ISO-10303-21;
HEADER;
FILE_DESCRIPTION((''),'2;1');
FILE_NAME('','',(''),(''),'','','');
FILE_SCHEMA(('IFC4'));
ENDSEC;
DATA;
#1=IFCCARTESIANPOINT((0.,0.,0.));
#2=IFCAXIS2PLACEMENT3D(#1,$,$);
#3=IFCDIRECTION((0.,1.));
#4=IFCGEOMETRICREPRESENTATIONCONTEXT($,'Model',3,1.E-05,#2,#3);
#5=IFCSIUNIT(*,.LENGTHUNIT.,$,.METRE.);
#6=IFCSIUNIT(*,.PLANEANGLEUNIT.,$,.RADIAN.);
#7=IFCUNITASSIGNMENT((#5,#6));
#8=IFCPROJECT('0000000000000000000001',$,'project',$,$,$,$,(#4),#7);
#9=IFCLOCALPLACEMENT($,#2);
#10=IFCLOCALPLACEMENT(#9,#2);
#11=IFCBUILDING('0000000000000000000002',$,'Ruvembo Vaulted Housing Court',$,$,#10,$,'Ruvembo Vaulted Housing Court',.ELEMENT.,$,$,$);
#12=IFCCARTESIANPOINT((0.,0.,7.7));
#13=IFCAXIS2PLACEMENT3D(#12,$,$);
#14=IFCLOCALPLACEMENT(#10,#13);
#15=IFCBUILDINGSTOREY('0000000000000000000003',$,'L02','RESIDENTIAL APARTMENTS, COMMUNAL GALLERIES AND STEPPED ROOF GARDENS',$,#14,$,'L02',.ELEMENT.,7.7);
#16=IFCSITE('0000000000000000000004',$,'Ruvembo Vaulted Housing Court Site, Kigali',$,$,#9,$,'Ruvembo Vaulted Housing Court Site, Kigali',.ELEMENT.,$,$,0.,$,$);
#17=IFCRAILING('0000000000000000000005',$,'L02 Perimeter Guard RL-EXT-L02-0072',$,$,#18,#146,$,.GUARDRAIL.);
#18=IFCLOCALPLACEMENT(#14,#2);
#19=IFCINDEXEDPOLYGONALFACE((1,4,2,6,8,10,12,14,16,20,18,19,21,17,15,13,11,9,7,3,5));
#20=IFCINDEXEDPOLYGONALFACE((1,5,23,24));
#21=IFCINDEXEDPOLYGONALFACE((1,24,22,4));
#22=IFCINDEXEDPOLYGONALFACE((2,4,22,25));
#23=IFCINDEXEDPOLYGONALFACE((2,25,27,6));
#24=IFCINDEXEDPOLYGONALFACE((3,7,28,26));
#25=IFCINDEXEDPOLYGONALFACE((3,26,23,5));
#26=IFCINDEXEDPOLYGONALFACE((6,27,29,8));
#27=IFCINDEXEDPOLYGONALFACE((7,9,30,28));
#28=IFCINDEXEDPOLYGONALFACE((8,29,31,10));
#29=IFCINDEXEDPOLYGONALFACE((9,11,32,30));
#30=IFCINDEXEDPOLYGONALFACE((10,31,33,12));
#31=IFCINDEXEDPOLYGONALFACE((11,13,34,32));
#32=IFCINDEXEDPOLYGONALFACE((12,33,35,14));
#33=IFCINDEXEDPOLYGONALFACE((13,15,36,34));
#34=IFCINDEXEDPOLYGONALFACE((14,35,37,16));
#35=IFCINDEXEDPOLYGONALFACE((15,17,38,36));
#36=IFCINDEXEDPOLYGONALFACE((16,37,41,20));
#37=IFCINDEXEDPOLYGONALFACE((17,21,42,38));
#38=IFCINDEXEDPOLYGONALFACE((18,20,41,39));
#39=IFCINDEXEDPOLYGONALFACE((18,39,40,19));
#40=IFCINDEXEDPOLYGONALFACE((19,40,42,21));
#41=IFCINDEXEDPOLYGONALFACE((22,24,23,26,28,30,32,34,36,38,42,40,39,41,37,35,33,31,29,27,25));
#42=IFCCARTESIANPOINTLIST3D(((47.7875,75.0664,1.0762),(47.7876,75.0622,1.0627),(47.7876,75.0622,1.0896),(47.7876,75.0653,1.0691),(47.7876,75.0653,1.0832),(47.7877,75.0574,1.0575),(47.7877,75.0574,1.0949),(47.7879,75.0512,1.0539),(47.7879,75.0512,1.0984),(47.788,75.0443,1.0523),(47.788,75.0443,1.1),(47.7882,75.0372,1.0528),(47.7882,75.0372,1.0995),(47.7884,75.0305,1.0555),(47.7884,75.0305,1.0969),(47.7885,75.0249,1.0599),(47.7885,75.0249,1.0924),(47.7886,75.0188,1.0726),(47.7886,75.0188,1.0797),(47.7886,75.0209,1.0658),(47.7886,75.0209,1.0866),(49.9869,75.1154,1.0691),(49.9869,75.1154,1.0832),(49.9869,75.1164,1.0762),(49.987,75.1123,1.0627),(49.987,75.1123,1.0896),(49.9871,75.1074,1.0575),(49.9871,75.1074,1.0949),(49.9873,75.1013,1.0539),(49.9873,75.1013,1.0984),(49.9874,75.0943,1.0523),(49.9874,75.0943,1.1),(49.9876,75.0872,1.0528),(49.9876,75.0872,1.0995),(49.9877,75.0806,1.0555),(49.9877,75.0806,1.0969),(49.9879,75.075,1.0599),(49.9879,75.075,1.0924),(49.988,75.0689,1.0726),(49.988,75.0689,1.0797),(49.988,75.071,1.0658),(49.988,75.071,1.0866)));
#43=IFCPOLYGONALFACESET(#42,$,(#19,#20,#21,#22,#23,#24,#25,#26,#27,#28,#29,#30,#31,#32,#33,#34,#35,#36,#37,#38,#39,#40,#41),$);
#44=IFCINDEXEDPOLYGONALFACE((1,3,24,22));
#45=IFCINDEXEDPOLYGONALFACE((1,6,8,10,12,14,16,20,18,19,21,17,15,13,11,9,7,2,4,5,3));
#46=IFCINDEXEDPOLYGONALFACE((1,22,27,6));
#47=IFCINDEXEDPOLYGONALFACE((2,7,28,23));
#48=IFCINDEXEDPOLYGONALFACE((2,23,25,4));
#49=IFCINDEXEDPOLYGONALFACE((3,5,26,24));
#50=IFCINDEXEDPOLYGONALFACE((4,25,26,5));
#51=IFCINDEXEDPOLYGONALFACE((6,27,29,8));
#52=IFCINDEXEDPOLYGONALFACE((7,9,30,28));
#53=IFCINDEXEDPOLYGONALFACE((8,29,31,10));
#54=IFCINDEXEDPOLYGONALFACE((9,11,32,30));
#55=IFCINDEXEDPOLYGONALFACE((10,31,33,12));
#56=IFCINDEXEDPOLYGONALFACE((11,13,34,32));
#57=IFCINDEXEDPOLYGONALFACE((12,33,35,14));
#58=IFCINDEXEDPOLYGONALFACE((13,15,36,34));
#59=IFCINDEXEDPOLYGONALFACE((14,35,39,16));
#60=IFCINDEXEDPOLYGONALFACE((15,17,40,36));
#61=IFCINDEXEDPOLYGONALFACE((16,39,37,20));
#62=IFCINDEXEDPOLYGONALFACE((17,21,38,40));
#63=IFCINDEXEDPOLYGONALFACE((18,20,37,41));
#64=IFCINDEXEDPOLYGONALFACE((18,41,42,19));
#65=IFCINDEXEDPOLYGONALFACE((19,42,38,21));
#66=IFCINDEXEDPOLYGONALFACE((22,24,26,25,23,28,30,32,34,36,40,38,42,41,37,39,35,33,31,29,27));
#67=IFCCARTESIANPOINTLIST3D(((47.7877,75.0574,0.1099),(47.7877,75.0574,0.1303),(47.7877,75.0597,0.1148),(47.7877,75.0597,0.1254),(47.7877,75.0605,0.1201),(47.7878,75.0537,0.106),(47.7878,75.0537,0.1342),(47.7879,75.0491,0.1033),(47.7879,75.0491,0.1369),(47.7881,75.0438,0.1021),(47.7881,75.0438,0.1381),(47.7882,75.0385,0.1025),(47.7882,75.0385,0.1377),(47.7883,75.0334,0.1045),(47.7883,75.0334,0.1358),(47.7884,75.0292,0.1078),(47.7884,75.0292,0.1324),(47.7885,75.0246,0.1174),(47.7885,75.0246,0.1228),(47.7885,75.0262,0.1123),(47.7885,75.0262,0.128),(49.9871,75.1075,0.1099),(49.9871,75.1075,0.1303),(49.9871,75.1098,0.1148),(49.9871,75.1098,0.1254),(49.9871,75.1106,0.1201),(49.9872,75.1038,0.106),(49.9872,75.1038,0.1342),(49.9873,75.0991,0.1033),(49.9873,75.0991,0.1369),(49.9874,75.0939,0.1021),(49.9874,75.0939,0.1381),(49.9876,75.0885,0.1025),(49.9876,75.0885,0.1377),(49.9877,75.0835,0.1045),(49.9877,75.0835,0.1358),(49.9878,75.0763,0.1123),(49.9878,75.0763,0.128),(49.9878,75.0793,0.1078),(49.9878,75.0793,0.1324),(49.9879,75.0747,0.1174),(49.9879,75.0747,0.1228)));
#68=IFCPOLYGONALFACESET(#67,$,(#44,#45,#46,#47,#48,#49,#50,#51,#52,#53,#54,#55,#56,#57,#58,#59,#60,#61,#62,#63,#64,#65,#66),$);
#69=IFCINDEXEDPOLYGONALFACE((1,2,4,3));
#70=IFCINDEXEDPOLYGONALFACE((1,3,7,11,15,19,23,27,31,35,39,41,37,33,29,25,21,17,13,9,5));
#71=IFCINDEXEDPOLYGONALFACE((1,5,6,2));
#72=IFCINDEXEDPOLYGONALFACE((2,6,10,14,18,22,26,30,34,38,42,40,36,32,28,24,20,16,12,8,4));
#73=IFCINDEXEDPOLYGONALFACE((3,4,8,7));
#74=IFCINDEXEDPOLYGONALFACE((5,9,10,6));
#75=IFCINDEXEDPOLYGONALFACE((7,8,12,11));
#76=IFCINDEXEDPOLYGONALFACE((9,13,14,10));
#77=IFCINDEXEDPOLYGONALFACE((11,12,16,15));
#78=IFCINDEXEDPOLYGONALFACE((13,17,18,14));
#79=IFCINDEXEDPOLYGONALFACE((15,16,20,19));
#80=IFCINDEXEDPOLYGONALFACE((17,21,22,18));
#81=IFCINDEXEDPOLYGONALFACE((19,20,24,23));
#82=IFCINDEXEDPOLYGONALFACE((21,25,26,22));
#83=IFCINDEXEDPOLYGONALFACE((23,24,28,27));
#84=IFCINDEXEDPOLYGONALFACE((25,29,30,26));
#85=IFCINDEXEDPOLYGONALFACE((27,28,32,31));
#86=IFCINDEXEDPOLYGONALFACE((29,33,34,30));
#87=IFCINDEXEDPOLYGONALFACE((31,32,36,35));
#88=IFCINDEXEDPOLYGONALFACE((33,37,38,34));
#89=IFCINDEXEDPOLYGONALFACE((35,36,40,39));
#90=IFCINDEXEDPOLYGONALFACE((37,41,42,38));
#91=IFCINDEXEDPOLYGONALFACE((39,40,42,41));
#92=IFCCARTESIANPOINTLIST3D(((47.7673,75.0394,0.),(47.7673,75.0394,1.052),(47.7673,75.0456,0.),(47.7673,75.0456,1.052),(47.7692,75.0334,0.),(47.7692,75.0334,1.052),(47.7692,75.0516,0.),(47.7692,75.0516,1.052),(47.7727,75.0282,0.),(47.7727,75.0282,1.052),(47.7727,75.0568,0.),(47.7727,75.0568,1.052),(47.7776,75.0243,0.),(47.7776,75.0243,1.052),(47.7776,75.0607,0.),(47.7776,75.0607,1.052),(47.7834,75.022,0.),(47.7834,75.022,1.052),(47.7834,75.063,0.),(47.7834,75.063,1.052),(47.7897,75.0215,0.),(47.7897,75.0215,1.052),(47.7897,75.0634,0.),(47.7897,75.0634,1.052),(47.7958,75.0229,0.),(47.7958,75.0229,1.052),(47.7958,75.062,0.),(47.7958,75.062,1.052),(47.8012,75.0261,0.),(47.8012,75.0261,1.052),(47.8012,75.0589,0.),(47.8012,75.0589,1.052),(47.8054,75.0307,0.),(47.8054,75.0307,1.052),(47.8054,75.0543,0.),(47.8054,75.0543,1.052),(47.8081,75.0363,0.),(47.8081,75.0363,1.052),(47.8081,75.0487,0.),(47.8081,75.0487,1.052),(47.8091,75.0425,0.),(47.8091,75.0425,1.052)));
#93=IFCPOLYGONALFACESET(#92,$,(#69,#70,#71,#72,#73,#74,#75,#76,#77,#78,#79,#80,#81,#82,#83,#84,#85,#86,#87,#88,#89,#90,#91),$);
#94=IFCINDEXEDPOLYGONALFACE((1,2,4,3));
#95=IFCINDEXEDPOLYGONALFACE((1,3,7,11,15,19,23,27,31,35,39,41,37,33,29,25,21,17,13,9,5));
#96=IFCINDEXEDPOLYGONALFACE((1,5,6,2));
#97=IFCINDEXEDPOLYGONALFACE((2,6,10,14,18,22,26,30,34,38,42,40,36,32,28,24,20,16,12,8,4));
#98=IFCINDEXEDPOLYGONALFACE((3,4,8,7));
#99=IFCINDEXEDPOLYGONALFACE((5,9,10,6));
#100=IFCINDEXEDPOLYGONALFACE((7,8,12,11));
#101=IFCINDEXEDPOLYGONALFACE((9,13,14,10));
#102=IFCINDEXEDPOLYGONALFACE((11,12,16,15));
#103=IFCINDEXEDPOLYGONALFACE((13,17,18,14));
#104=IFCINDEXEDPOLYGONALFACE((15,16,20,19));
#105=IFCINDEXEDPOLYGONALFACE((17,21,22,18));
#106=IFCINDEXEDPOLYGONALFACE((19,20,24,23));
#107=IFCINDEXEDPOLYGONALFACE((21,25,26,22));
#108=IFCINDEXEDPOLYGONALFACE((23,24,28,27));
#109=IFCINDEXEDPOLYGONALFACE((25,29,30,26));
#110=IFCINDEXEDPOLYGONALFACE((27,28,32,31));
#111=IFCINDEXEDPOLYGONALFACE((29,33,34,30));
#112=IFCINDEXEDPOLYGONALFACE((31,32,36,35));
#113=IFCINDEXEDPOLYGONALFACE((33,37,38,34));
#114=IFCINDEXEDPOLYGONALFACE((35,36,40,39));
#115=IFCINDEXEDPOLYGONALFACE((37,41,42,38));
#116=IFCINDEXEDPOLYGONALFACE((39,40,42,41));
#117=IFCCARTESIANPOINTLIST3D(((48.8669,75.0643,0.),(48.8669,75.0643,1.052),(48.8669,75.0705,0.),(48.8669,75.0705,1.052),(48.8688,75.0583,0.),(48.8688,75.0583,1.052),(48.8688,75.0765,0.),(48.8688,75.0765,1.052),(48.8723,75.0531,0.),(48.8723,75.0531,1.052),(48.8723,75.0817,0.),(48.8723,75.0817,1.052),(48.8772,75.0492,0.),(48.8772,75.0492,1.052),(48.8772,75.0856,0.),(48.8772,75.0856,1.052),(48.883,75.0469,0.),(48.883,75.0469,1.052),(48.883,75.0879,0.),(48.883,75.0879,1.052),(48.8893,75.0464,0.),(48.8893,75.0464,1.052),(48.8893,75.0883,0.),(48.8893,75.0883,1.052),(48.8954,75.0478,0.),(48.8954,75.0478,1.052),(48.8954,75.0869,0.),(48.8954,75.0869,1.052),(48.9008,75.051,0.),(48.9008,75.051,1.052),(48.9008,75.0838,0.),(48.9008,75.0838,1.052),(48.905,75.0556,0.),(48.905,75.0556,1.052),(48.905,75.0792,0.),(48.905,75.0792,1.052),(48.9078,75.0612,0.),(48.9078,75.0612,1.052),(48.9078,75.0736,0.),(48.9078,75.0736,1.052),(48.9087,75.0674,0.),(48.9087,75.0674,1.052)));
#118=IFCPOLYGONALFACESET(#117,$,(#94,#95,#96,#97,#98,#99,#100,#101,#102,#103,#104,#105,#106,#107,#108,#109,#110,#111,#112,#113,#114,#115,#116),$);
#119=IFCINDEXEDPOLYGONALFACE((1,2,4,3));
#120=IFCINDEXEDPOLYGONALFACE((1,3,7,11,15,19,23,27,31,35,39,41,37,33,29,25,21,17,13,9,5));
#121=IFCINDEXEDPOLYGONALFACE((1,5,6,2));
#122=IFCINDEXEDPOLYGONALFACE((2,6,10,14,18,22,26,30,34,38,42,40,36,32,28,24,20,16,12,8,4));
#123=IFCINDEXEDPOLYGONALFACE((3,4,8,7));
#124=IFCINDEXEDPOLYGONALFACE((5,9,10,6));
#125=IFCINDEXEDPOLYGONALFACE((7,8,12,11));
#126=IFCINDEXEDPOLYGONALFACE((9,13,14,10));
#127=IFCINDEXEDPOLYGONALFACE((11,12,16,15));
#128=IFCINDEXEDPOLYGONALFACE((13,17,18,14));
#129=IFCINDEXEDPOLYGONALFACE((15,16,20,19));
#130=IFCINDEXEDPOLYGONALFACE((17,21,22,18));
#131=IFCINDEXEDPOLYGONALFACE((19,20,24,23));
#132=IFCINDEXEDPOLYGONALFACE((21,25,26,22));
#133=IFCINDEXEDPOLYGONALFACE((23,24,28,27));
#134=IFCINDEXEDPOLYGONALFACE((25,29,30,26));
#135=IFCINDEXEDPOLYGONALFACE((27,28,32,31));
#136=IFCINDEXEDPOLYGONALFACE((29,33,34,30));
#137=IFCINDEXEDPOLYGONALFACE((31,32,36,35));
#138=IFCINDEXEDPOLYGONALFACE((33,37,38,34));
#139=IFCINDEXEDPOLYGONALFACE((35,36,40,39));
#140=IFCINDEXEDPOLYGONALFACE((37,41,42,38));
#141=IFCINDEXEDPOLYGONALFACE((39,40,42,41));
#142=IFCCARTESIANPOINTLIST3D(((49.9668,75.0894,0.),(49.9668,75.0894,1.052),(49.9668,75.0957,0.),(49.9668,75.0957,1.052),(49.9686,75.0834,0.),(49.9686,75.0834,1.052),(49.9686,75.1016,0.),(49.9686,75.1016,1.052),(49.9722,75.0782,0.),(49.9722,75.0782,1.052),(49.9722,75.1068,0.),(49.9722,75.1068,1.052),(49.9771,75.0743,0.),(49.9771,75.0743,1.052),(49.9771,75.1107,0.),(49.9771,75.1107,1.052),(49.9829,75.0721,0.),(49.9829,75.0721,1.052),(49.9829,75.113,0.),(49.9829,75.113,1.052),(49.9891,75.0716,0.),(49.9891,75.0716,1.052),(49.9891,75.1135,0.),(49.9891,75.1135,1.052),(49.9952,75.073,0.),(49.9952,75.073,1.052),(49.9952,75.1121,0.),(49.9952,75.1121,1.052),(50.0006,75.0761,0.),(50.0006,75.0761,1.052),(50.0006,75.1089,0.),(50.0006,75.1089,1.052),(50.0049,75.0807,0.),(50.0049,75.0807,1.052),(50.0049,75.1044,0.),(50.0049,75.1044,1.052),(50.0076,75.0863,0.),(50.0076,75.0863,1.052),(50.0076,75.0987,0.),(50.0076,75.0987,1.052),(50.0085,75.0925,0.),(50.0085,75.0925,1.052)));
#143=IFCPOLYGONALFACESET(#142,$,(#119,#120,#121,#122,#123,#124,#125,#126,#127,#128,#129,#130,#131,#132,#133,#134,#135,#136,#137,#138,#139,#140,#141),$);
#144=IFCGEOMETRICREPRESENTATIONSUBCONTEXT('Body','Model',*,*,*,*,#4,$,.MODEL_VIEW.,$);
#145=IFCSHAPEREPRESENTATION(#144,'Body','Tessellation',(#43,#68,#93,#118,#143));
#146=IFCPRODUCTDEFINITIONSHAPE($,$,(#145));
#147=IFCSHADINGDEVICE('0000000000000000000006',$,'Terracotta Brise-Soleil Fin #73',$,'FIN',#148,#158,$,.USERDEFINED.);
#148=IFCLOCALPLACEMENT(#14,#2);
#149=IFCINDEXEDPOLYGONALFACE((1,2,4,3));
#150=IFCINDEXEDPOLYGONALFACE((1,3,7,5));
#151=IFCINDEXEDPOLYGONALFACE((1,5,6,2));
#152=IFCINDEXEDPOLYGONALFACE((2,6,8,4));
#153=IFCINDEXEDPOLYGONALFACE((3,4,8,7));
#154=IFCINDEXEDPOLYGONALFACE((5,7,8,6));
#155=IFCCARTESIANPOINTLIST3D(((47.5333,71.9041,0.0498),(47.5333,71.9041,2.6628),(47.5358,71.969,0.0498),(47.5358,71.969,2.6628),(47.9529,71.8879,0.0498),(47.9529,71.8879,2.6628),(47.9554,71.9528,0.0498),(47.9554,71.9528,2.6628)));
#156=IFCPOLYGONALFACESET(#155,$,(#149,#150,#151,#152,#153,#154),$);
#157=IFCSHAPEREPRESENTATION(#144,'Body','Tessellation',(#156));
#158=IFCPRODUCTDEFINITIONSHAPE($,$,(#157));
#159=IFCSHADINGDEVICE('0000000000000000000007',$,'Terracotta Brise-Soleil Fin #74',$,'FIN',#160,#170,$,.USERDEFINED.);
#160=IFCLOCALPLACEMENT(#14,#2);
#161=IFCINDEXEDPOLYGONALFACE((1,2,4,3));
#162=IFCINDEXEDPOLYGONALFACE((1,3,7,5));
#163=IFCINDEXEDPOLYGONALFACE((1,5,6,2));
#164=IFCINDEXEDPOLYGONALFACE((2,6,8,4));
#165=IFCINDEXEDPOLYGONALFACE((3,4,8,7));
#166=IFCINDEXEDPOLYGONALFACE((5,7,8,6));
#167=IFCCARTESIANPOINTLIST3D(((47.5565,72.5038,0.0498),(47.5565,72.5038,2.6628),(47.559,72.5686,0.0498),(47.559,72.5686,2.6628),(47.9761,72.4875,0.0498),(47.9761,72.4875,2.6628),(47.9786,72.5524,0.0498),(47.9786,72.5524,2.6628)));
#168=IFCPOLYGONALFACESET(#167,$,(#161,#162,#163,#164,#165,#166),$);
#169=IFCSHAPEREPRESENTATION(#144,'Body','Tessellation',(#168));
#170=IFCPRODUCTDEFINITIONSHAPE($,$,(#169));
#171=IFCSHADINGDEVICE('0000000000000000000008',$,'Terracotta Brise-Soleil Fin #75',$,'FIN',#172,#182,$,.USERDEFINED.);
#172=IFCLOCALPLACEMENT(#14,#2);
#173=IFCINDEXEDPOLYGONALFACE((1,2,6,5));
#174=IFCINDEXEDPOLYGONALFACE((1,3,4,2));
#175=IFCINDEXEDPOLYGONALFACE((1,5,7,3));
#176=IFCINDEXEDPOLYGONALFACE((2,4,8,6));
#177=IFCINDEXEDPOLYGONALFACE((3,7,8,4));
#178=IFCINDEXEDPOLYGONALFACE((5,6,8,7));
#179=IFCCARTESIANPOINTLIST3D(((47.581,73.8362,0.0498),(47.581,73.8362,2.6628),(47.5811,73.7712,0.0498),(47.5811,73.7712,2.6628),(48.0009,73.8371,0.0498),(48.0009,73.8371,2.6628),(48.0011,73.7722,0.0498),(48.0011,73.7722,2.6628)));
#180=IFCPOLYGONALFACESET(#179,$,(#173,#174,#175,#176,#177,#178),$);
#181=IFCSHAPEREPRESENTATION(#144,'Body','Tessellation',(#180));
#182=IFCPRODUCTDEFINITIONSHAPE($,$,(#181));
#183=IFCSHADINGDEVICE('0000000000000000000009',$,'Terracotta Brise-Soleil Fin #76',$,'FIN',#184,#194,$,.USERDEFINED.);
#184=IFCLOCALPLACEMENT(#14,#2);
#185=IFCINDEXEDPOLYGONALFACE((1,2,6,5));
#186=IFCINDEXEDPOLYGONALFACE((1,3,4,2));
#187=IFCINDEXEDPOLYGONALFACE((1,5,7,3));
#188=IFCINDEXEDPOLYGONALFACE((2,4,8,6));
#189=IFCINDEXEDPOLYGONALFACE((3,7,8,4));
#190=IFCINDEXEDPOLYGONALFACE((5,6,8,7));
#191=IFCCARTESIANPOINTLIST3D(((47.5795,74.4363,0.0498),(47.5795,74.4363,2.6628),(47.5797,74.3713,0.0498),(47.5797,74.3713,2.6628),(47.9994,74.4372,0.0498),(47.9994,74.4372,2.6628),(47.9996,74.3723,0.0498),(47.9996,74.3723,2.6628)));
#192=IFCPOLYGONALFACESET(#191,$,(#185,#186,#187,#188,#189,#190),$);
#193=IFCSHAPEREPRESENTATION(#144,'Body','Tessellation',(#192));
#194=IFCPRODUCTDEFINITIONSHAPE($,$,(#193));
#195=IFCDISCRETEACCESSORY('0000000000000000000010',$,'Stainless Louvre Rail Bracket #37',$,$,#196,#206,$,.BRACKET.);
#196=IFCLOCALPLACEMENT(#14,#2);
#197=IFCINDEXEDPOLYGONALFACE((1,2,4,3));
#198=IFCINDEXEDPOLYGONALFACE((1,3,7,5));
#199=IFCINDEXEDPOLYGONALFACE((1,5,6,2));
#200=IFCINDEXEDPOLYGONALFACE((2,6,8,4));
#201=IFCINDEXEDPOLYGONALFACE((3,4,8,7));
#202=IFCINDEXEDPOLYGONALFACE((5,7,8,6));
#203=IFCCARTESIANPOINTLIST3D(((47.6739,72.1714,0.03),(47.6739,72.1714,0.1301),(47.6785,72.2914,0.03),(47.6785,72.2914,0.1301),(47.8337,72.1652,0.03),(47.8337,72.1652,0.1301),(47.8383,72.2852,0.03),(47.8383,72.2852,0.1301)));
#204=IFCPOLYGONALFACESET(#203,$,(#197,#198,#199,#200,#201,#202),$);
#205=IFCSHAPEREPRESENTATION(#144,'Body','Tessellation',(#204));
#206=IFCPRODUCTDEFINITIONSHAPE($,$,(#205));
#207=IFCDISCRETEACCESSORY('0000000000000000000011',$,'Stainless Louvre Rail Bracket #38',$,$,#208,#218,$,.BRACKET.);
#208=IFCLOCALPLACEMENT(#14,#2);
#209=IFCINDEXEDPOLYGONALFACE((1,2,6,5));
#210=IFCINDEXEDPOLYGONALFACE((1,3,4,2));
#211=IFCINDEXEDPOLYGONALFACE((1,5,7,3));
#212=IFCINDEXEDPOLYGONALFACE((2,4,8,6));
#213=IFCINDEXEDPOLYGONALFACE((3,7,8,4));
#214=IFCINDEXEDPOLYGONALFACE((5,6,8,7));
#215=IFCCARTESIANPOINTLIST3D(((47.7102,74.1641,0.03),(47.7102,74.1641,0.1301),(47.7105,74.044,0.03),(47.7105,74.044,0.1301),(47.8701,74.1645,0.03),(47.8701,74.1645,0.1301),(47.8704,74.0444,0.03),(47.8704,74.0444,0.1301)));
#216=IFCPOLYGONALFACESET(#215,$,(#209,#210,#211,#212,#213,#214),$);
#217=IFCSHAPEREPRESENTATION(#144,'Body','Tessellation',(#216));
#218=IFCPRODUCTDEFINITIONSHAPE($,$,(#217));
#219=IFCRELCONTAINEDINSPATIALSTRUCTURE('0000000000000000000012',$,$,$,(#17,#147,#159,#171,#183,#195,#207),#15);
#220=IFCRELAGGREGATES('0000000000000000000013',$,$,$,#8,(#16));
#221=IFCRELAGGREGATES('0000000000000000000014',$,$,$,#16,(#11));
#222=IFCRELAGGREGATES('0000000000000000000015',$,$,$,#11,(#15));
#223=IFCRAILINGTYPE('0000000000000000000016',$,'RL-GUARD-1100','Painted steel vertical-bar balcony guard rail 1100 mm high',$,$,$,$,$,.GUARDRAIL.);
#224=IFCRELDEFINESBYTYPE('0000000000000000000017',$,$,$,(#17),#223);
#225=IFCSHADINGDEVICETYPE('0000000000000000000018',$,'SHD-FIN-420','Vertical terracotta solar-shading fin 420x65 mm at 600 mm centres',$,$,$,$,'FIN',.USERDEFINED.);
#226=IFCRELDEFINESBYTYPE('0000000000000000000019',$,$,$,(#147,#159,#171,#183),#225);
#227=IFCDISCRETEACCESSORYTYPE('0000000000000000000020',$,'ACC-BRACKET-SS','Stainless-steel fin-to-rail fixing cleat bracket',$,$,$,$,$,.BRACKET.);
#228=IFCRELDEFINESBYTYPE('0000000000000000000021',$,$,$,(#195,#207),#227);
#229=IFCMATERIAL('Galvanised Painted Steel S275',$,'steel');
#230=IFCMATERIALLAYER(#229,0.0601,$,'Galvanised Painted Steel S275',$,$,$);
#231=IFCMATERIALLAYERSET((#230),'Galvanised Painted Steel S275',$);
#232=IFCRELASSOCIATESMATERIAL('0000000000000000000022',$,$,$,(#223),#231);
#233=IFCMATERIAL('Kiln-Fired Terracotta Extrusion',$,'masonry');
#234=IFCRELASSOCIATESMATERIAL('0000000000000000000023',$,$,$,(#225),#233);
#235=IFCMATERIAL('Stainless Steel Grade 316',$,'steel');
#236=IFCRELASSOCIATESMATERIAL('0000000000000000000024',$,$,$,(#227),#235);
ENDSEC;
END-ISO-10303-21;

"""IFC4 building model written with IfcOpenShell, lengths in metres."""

from ifc_helpers import new_model, si_unit, direction, frame, origin, origin_2d, place, context, subcontext, project, spatial, rectangle, circle, extrude, material, layer, layer_set, type_object, element, save


model = new_model("IFC4")

# Units and contexts
model_context = context("Model", 3, precision=1e-05, world=origin(), true_north=direction((0.0, 1.0)))
body_context = subcontext(model_context, "Body", "Model", "MODEL_VIEW")
ifc_project = project(units=[si_unit("LENGTHUNIT", "METRE"), si_unit("PLANEANGLEUNIT", "RADIAN")], contexts=[model_context])

# Site, building, storey
site_placement = place(None, origin())
site = spatial("IfcSite", under=ifc_project, at=site_placement, Name="Ruvembo Vaulted Housing Court Site, Kigali", LongName="Ruvembo Vaulted Housing Court Site, Kigali", CompositionType="ELEMENT", RefElevation=0.0)
building_placement = place(site_placement, origin())
building = spatial("IfcBuilding", under=site, at=building_placement, Name="Ruvembo Vaulted Housing Court", LongName="Ruvembo Vaulted Housing Court", CompositionType="ELEMENT")
storey_placement = place(building_placement, frame((0.0, 0.0, 7.7)))
storey = spatial("IfcBuildingStorey", under=building, at=storey_placement, Name="L02", Description="RESIDENTIAL APARTMENTS, COMMUNAL GALLERIES AND STEPPED ROOF GARDENS", LongName="L02", CompositionType="ELEMENT", Elevation=7.7)

# Railing
ifc_material_1 = material(Name="Galvanised Painted Steel S275", Category="steel")
ifc_layer_1 = layer(ifc_material_1, 0.0601, Name="Galvanised Painted Steel S275")
ifc_layer_set_1 = layer_set([ifc_layer_1], Name="Galvanised Painted Steel S275")
railing_type = type_object("IfcRailingType", Name="RL-GUARD-1100", Description="Painted steel vertical-bar balcony guard rail 1100 mm high", PredefinedType="GUARDRAIL", material=ifc_layer_set_1)
railing_1_placement = place(storey_placement, frame((47.7881, 75.0425, 0.0)))
element("IfcRailing", 1, at=railing_1_placement, inside=storey, type_object=railing_type, Name="L02 Perimeter Guard RL-EXT-L02-0072", PredefinedType="GUARDRAIL", context=body_context, shape_type="SweptSolid", body=[
    extrude(circle(Radius=0.0239, at=origin_2d()), frame((0.0, 0.0, 1.0762), z_axis=(0.999741, 0.022749, 0.0), x_axis=(-0.022749, 0.999741, 0.0)), (0.0, 0.0, 1.0), 2.2),
    extrude(circle(Radius=0.0181, at=origin_2d()), frame((0.0, 0.0, 0.1201), z_axis=(0.999741, 0.022749, 0.0), x_axis=(-0.022749, 0.999741, 0.0)), (0.0, 0.0, 1.0), 2.2),
    extrude(circle(Radius=0.021, at=origin_2d()), origin(), (0.0, 0.0, 1.0), 1.052),
    extrude(circle(Radius=0.021, at=origin_2d()), frame((1.0996, 0.0249, 0.0)), (0.0, 0.0, 1.0), 1.052),
    extrude(circle(Radius=0.021, at=origin_2d()), frame((2.1995, 0.05, 0.0)), (0.0, 0.0, 1.0), 1.052),
])

# Shading devices
ifc_material_2 = material(Name="Kiln-Fired Terracotta Extrusion", Category="masonry")
shading_device_type = type_object("IfcShadingDeviceType", Name="SHD-FIN-420", Description="Vertical terracotta solar-shading fin 420x65 mm at 600 mm centres", ElementType="FIN", PredefinedType="USERDEFINED", material=ifc_material_2)
for number, where, z_axis, x_axis, name in (
    (2, (47.7444, 71.9285, 0.0498), (0.0, 0.0, 1.0), (0.999251, -0.038684, 0.0), "Terracotta Brise-Soleil Fin #73"),
    (3, (47.7676, 72.5281, 0.0498), (0.0, 0.0, 1.0), (0.999251, -0.038684, 0.0), "Terracotta Brise-Soleil Fin #74"),
    (4, (47.791, 73.8042, 0.0498), (0.0, 0.0, 1.0), (0.999997, 0.002286, 0.0), "Terracotta Brise-Soleil Fin #75"),
    (5, (47.7896, 74.4043, 0.0498), (0.0, 0.0, 1.0), (0.999997, 0.002286, 0.0), "Terracotta Brise-Soleil Fin #76"),
):
    element("IfcShadingDevice", number, at=place(storey_placement, frame(where, z_axis=z_axis, x_axis=x_axis)), inside=storey, type_object=shading_device_type, Name=name, ObjectType="FIN", PredefinedType="USERDEFINED", context=body_context, shape_type="SweptSolid", body=[
        extrude(rectangle(XDim=0.4199, YDim=0.0649, at=origin_2d()), origin(), (0.0, 0.0, 1.0), 2.613),
    ])

# Discrete accessories
ifc_material_3 = material(Name="Stainless Steel Grade 316", Category="steel")
discrete_accessory_type = type_object("IfcDiscreteAccessoryType", Name="ACC-BRACKET-SS", Description="Stainless-steel fin-to-rail fixing cleat bracket", PredefinedType="BRACKET", material=ifc_material_3)
for number, where, z_axis, x_axis, name in (
    (6, (47.7561, 72.2283, 0.03), (0.0, 0.0, 1.0), (0.999251, -0.038684, 0.0), "Stainless Louvre Rail Bracket #37"),
    (7, (47.7903, 74.1042, 0.03), (0.0, 0.0, 1.0), (0.999997, 0.002286, 0.0), "Stainless Louvre Rail Bracket #38"),
):
    element("IfcDiscreteAccessory", number, at=place(storey_placement, frame(where, z_axis=z_axis, x_axis=x_axis)), inside=storey, type_object=discrete_accessory_type, Name=name, PredefinedType="BRACKET", context=body_context, shape_type="SweptSolid", body=[
        extrude(rectangle(XDim=0.1599, YDim=0.1201, at=origin_2d()), origin(), (0.0, 0.0, 1.0), 0.1001),
    ])

save(model, "model.ifc")
